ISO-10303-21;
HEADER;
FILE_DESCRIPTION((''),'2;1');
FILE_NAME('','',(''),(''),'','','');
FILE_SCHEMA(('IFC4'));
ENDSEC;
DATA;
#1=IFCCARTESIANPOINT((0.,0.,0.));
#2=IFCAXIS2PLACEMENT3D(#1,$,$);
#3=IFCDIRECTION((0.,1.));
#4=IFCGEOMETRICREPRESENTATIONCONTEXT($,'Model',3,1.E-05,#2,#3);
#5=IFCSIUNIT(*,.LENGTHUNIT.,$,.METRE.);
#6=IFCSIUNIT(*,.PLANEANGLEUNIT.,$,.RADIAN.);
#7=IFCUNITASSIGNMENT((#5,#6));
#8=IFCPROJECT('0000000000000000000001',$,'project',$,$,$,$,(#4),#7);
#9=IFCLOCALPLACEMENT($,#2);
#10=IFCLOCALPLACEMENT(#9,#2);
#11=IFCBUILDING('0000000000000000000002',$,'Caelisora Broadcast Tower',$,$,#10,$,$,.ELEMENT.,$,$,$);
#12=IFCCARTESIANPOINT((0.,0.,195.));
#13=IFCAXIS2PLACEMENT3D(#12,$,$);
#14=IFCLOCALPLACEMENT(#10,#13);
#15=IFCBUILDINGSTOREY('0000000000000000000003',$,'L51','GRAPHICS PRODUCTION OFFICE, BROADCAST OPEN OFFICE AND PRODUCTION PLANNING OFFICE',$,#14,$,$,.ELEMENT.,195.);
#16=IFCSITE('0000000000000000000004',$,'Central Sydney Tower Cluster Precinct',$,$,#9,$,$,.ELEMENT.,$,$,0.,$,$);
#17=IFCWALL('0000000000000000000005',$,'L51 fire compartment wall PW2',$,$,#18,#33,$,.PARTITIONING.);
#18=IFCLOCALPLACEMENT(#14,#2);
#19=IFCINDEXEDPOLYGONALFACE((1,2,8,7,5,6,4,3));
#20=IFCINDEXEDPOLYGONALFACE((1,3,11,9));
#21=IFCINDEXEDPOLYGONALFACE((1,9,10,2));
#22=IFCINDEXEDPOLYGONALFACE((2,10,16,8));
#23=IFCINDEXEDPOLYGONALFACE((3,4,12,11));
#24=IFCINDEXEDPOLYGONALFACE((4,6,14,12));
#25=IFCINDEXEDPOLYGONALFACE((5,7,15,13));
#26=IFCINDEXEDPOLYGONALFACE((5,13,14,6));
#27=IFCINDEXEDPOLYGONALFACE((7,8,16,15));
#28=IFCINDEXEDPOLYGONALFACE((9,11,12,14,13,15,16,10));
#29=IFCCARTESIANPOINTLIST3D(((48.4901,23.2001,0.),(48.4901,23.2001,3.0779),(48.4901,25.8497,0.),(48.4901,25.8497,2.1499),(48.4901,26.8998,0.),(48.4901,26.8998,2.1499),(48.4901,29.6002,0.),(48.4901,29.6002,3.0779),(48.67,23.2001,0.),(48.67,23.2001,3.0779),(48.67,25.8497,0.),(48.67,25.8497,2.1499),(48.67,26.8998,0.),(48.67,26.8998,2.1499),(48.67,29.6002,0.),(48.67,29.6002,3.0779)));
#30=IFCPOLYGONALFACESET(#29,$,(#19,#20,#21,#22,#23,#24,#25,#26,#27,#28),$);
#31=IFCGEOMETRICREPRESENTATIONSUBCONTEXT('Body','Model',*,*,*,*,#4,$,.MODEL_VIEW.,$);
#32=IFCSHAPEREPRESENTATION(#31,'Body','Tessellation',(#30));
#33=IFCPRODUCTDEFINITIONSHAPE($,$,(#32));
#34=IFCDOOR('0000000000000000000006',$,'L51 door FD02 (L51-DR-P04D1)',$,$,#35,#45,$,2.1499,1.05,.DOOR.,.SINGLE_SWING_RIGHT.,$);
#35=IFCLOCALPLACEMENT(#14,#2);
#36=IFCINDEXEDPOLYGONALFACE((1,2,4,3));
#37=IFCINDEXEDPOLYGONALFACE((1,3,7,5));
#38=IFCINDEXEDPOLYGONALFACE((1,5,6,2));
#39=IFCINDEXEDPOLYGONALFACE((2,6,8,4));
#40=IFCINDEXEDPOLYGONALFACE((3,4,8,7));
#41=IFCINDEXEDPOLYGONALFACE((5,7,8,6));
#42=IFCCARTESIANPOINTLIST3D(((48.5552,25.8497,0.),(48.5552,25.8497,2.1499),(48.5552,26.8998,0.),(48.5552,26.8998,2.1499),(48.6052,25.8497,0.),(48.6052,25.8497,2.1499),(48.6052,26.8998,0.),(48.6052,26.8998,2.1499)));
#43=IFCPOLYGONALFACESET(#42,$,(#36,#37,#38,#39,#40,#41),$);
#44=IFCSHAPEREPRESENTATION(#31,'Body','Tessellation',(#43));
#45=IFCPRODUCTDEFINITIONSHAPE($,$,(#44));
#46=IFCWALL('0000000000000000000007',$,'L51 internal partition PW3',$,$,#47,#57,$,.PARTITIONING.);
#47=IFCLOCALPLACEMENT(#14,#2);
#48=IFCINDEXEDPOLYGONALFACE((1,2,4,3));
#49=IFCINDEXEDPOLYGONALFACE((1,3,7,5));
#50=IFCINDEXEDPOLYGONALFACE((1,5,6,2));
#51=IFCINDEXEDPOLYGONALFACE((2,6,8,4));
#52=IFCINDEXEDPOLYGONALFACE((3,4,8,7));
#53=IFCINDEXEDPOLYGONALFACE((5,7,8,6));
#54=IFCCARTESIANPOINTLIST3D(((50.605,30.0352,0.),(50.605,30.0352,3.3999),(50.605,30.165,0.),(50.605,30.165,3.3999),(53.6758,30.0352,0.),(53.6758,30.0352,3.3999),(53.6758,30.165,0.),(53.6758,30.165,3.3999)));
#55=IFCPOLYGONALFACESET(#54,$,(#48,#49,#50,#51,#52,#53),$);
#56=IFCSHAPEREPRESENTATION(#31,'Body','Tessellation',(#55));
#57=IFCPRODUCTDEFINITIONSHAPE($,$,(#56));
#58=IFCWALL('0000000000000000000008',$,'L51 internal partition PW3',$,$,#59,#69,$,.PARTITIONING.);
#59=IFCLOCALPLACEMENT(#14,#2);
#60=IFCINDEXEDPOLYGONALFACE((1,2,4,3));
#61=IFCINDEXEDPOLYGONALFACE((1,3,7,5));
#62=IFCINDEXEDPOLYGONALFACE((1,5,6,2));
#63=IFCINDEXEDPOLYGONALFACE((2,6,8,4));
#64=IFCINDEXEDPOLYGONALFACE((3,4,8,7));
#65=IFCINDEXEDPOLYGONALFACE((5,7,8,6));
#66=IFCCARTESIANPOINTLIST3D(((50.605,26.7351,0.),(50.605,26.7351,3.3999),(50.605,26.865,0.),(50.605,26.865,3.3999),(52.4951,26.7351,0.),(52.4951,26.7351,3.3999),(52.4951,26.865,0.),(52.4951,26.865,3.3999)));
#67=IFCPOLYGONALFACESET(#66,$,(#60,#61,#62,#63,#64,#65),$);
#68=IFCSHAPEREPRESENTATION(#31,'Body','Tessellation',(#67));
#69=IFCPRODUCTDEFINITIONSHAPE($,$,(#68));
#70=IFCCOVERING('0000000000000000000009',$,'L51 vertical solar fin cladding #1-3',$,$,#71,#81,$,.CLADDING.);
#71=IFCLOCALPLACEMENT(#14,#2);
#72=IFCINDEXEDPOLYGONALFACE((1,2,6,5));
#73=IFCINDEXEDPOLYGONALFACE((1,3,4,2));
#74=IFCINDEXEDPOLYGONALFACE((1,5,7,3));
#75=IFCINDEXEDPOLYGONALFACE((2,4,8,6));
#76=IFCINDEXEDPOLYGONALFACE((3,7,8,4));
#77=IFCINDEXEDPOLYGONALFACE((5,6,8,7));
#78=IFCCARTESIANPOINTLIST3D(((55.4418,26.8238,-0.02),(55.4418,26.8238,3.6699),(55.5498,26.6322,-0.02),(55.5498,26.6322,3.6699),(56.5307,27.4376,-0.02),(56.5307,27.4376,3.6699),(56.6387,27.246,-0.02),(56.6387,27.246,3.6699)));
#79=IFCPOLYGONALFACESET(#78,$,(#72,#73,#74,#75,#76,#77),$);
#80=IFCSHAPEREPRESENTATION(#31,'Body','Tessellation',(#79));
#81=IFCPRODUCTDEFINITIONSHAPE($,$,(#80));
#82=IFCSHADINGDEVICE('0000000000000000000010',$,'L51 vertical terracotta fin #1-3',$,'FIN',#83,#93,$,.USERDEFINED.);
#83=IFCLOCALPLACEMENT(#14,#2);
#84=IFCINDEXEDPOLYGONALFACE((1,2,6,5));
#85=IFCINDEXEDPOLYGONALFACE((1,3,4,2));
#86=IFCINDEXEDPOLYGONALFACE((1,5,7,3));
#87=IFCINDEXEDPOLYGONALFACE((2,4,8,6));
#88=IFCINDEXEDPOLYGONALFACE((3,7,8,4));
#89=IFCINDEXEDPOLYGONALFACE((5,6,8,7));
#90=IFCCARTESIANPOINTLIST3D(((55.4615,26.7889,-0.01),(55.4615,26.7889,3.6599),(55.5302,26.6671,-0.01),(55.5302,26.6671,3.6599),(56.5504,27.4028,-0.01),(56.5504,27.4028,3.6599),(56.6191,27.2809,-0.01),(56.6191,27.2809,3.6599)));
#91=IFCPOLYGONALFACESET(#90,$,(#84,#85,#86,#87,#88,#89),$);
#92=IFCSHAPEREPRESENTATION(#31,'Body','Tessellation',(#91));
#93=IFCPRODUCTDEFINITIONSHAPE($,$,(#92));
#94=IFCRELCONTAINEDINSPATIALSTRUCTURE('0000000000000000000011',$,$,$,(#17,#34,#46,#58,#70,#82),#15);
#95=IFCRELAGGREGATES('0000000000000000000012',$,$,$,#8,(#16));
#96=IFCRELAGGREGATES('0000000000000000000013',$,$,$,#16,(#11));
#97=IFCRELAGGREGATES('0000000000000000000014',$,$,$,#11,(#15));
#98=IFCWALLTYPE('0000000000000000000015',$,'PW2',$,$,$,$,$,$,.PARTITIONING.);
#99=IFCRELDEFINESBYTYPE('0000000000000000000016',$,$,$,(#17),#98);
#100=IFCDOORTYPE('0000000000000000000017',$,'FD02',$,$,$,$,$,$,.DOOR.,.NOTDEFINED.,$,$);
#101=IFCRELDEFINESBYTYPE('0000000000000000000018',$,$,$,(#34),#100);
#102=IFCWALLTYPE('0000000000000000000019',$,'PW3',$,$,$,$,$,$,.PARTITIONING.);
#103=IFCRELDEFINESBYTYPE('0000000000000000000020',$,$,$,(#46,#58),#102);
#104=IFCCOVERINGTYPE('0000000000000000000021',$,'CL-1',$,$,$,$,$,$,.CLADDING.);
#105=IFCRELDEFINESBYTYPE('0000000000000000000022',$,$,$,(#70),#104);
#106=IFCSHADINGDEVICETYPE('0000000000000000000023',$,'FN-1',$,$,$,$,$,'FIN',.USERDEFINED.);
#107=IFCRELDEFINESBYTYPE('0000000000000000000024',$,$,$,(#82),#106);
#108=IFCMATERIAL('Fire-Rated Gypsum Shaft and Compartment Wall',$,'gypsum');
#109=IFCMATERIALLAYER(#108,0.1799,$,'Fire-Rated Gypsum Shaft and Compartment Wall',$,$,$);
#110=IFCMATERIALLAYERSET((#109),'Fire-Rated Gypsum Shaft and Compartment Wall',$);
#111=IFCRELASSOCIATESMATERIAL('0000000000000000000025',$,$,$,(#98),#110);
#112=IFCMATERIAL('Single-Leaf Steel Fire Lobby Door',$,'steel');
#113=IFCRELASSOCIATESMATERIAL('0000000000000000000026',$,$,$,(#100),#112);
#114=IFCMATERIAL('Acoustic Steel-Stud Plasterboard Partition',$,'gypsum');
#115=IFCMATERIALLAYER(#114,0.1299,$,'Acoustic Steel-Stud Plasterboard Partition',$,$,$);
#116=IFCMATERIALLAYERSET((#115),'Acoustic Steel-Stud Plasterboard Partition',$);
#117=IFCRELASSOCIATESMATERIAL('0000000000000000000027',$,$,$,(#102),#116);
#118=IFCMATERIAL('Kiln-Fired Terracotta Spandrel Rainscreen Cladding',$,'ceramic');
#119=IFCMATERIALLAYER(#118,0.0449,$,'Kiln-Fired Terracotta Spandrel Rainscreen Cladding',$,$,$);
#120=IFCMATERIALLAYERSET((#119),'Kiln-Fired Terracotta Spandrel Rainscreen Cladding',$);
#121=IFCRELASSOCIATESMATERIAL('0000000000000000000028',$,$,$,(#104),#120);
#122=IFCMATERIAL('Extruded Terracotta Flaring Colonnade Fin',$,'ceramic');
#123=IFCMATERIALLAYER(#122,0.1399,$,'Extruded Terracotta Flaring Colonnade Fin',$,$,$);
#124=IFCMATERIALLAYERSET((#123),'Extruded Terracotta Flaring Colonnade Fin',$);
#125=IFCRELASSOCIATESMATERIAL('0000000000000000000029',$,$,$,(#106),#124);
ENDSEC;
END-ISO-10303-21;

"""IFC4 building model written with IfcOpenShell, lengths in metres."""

from ifc_helpers import new_model, si_unit, direction, frame, frame_2d, origin, origin_2d, place, context, subcontext, project, spatial, rectangle, extrude, source, transform, mapped, material, layer, layer_set, type_object, type_shapes, element, fill, save


model = new_model("IFC4")

# Units and contexts
model_context = context("Model", 3, precision=1e-05, world=origin(), true_north=direction((0.0, 1.0)))
body_context = subcontext(model_context, "Body", "Model", "MODEL_VIEW")
ifc_project = project(units=[si_unit("LENGTHUNIT", "METRE"), si_unit("PLANEANGLEUNIT", "RADIAN")], contexts=[model_context])

# Site, building, storey
site_placement = place(None, origin())
site = spatial("IfcSite", under=ifc_project, at=site_placement, Name="Central Sydney Tower Cluster Precinct", CompositionType="ELEMENT", RefElevation=0.0)
building_placement = place(site_placement, origin())
building = spatial("IfcBuilding", under=site, at=building_placement, Name="Caelisora Broadcast Tower", CompositionType="ELEMENT")
storey_placement = place(building_placement, frame((0.0, 0.0, 195.0)))
storey = spatial("IfcBuildingStorey", under=building, at=storey_placement, Name="L51", Description="GRAPHICS PRODUCTION OFFICE, BROADCAST OPEN OFFICE AND PRODUCTION PLANNING OFFICE", CompositionType="ELEMENT", Elevation=195.0)

# Wall, opening, door
ifc_material_1 = material(Name="Fire-Rated Gypsum Shaft and Compartment Wall", Category="gypsum")
ifc_layer_1 = layer(ifc_material_1, 0.1799, Name="Fire-Rated Gypsum Shaft and Compartment Wall")
ifc_layer_set_1 = layer_set([ifc_layer_1], Name="Fire-Rated Gypsum Shaft and Compartment Wall")
wall_type_1 = type_object("IfcWallType", Name="PW2", PredefinedType="PARTITIONING", material=ifc_layer_set_1)
wall_1_placement = place(storey_placement, frame((48.5801, 23.2, 0.0), z_axis=(0.0, 0.0, 1.0), x_axis=(0.0, 1.0, 0.0)))
wall_1 = element("IfcWall", 1, at=wall_1_placement, inside=storey, type_object=wall_type_1, Name="L51 fire compartment wall PW2", PredefinedType="PARTITIONING", context=body_context, shape_type="SweptSolid", body=[
    extrude(rectangle(XDim=6.4001, YDim=0.1799, at=frame_2d((3.2002, 0.0))), origin(), (0.0, 0.0, 1.0), 3.0779),
])
opening_1_placement = place(wall_1_placement, frame((2.6499, 0.0, 0.0)))
opening_1 = element("IfcOpeningElement", 2, at=opening_1_placement, cuts=wall_1, PredefinedType="OPENING", context=body_context, shape_type="SweptSolid", body=[
    extrude(rectangle(XDim=1.05, YDim=2.1499, at=frame_2d((0.5249, 1.075))), frame((0.0, 0.1021, 0.0), z_axis=(0.0, -1.0, 0.0), x_axis=(1.0, 0.0, 0.0)), (0.0, 0.0, 1.0), 0.2039),
])
ifc_material_2 = material(Name="Single-Leaf Steel Fire Lobby Door", Category="steel")
door_type_1 = type_object("IfcDoorType", Name="FD02", OperationType="NOTDEFINED", PredefinedType="DOOR", material=ifc_material_2)
door_1_placement = place(opening_1_placement, origin())
door_1 = element("IfcDoor", 3, at=door_1_placement, inside=storey, type_object=door_type_1, Name="L51 door FD02 (L51-DR-P04D1)", OperationType="SINGLE_SWING_RIGHT", OverallHeight=2.1499, OverallWidth=1.05, PredefinedType="DOOR", context=body_context, shape_type="SweptSolid", body=[
    extrude(rectangle(XDim=1.05, YDim=2.1499, at=frame_2d((0.5249, 1.075))), frame((0.0, 0.0249, 0.0), z_axis=(0.0, -1.0, 0.0), x_axis=(1.0, 0.0, 0.0)), (0.0, 0.0, 1.0), 0.05),
])
fill(opening_1, door_1)
ifc_material_3 = material(Name="Acoustic Steel-Stud Plasterboard Partition", Category="gypsum")
ifc_layer_2 = layer(ifc_material_3, 0.1299, Name="Acoustic Steel-Stud Plasterboard Partition")
ifc_layer_set_2 = layer_set([ifc_layer_2], Name="Acoustic Steel-Stud Plasterboard Partition")
wall_type_2 = type_object("IfcWallType", Name="PW3", PredefinedType="PARTITIONING", material=ifc_layer_set_2)

# Walls
wall_2_placement = place(storey_placement, frame((50.605, 30.1001, 0.0), z_axis=(0.0, 0.0, 1.0), x_axis=(1.0, 0.0, 0.0)))
element("IfcWall", 4, at=wall_2_placement, inside=storey, type_object=wall_type_2, Name="L51 internal partition PW3", PredefinedType="PARTITIONING", context=body_context, shape_type="SweptSolid", body=[
    extrude(rectangle(XDim=3.0708, YDim=0.1299, at=frame_2d((1.5354, 0.0))), origin(), (0.0, 0.0, 1.0), 3.3999),
])
wall_3_placement = place(storey_placement, frame((52.4951, 26.8, 0.0), z_axis=(0.0, 0.0, 1.0), x_axis=(-1.0, 0.0, 0.0)))
element("IfcWall", 5, at=wall_3_placement, inside=storey, type_object=wall_type_2, Name="L51 internal partition PW3", PredefinedType="PARTITIONING", context=body_context, shape_type="SweptSolid", body=[
    extrude(rectangle(XDim=1.8901, YDim=0.1299, at=frame_2d((0.9451, 0.0))), origin(), (0.0, 0.0, 1.0), 3.3999),
])

# Covering
ifc_material_4 = material(Name="Kiln-Fired Terracotta Spandrel Rainscreen Cladding", Category="ceramic")
ifc_layer_3 = layer(ifc_material_4, 0.0449, Name="Kiln-Fired Terracotta Spandrel Rainscreen Cladding")
ifc_layer_set_3 = layer_set([ifc_layer_3], Name="Kiln-Fired Terracotta Spandrel Rainscreen Cladding")
covering_type = type_object("IfcCoveringType", Name="CL-1", PredefinedType="CLADDING", material=ifc_layer_set_3)
shared_shape_1 = source(origin(), body_context, "Body", "SweptSolid", [
    extrude(rectangle(XDim=0.22, YDim=1.25, at=origin_2d()), origin(), (0.0, 0.0, 1.0), 3.6899),
])
type_shapes(covering_type, [shared_shape_1])
covering_placement = place(storey_placement, frame((56.0403, 27.0349, -0.02), z_axis=(0.0, 0.0, 1.0), x_axis=(0.491056, -0.871128, 0.0)))
element("IfcCovering", 6, at=covering_placement, inside=storey, type_object=covering_type, Name="L51 vertical solar fin cladding #1-3", PredefinedType="CLADDING", context=body_context, shape_type="MappedRepresentation", body=[
    mapped(shared_shape_1, transform((0.0, 0.0, 0.0), scale=1.0)),
])

# Shading device
ifc_material_5 = material(Name="Extruded Terracotta Flaring Colonnade Fin", Category="ceramic")
ifc_layer_4 = layer(ifc_material_5, 0.1399, Name="Extruded Terracotta Flaring Colonnade Fin")
ifc_layer_set_4 = layer_set([ifc_layer_4], Name="Extruded Terracotta Flaring Colonnade Fin")
shading_device_type = type_object("IfcShadingDeviceType", Name="FN-1", ElementType="FIN", PredefinedType="USERDEFINED", material=ifc_layer_set_4)
shared_shape_2 = source(origin(), body_context, "Body", "SweptSolid", [
    extrude(rectangle(XDim=0.1399, YDim=1.25, at=origin_2d()), origin(), (0.0, 0.0, 1.0), 3.6699),
])
type_shapes(shading_device_type, [shared_shape_2])
shading_device_placement = place(storey_placement, frame((56.0403, 27.0349, -0.01), z_axis=(0.0, 0.0, 1.0), x_axis=(0.491056, -0.871128, 0.0)))
element("IfcShadingDevice", 7, at=shading_device_placement, inside=storey, type_object=shading_device_type, Name="L51 vertical terracotta fin #1-3", ObjectType="FIN", PredefinedType="USERDEFINED", context=body_context, shape_type="MappedRepresentation", body=[
    mapped(shared_shape_2, transform((0.0, 0.0, 0.0), scale=1.0)),
])

save(model, "model.ifc")
